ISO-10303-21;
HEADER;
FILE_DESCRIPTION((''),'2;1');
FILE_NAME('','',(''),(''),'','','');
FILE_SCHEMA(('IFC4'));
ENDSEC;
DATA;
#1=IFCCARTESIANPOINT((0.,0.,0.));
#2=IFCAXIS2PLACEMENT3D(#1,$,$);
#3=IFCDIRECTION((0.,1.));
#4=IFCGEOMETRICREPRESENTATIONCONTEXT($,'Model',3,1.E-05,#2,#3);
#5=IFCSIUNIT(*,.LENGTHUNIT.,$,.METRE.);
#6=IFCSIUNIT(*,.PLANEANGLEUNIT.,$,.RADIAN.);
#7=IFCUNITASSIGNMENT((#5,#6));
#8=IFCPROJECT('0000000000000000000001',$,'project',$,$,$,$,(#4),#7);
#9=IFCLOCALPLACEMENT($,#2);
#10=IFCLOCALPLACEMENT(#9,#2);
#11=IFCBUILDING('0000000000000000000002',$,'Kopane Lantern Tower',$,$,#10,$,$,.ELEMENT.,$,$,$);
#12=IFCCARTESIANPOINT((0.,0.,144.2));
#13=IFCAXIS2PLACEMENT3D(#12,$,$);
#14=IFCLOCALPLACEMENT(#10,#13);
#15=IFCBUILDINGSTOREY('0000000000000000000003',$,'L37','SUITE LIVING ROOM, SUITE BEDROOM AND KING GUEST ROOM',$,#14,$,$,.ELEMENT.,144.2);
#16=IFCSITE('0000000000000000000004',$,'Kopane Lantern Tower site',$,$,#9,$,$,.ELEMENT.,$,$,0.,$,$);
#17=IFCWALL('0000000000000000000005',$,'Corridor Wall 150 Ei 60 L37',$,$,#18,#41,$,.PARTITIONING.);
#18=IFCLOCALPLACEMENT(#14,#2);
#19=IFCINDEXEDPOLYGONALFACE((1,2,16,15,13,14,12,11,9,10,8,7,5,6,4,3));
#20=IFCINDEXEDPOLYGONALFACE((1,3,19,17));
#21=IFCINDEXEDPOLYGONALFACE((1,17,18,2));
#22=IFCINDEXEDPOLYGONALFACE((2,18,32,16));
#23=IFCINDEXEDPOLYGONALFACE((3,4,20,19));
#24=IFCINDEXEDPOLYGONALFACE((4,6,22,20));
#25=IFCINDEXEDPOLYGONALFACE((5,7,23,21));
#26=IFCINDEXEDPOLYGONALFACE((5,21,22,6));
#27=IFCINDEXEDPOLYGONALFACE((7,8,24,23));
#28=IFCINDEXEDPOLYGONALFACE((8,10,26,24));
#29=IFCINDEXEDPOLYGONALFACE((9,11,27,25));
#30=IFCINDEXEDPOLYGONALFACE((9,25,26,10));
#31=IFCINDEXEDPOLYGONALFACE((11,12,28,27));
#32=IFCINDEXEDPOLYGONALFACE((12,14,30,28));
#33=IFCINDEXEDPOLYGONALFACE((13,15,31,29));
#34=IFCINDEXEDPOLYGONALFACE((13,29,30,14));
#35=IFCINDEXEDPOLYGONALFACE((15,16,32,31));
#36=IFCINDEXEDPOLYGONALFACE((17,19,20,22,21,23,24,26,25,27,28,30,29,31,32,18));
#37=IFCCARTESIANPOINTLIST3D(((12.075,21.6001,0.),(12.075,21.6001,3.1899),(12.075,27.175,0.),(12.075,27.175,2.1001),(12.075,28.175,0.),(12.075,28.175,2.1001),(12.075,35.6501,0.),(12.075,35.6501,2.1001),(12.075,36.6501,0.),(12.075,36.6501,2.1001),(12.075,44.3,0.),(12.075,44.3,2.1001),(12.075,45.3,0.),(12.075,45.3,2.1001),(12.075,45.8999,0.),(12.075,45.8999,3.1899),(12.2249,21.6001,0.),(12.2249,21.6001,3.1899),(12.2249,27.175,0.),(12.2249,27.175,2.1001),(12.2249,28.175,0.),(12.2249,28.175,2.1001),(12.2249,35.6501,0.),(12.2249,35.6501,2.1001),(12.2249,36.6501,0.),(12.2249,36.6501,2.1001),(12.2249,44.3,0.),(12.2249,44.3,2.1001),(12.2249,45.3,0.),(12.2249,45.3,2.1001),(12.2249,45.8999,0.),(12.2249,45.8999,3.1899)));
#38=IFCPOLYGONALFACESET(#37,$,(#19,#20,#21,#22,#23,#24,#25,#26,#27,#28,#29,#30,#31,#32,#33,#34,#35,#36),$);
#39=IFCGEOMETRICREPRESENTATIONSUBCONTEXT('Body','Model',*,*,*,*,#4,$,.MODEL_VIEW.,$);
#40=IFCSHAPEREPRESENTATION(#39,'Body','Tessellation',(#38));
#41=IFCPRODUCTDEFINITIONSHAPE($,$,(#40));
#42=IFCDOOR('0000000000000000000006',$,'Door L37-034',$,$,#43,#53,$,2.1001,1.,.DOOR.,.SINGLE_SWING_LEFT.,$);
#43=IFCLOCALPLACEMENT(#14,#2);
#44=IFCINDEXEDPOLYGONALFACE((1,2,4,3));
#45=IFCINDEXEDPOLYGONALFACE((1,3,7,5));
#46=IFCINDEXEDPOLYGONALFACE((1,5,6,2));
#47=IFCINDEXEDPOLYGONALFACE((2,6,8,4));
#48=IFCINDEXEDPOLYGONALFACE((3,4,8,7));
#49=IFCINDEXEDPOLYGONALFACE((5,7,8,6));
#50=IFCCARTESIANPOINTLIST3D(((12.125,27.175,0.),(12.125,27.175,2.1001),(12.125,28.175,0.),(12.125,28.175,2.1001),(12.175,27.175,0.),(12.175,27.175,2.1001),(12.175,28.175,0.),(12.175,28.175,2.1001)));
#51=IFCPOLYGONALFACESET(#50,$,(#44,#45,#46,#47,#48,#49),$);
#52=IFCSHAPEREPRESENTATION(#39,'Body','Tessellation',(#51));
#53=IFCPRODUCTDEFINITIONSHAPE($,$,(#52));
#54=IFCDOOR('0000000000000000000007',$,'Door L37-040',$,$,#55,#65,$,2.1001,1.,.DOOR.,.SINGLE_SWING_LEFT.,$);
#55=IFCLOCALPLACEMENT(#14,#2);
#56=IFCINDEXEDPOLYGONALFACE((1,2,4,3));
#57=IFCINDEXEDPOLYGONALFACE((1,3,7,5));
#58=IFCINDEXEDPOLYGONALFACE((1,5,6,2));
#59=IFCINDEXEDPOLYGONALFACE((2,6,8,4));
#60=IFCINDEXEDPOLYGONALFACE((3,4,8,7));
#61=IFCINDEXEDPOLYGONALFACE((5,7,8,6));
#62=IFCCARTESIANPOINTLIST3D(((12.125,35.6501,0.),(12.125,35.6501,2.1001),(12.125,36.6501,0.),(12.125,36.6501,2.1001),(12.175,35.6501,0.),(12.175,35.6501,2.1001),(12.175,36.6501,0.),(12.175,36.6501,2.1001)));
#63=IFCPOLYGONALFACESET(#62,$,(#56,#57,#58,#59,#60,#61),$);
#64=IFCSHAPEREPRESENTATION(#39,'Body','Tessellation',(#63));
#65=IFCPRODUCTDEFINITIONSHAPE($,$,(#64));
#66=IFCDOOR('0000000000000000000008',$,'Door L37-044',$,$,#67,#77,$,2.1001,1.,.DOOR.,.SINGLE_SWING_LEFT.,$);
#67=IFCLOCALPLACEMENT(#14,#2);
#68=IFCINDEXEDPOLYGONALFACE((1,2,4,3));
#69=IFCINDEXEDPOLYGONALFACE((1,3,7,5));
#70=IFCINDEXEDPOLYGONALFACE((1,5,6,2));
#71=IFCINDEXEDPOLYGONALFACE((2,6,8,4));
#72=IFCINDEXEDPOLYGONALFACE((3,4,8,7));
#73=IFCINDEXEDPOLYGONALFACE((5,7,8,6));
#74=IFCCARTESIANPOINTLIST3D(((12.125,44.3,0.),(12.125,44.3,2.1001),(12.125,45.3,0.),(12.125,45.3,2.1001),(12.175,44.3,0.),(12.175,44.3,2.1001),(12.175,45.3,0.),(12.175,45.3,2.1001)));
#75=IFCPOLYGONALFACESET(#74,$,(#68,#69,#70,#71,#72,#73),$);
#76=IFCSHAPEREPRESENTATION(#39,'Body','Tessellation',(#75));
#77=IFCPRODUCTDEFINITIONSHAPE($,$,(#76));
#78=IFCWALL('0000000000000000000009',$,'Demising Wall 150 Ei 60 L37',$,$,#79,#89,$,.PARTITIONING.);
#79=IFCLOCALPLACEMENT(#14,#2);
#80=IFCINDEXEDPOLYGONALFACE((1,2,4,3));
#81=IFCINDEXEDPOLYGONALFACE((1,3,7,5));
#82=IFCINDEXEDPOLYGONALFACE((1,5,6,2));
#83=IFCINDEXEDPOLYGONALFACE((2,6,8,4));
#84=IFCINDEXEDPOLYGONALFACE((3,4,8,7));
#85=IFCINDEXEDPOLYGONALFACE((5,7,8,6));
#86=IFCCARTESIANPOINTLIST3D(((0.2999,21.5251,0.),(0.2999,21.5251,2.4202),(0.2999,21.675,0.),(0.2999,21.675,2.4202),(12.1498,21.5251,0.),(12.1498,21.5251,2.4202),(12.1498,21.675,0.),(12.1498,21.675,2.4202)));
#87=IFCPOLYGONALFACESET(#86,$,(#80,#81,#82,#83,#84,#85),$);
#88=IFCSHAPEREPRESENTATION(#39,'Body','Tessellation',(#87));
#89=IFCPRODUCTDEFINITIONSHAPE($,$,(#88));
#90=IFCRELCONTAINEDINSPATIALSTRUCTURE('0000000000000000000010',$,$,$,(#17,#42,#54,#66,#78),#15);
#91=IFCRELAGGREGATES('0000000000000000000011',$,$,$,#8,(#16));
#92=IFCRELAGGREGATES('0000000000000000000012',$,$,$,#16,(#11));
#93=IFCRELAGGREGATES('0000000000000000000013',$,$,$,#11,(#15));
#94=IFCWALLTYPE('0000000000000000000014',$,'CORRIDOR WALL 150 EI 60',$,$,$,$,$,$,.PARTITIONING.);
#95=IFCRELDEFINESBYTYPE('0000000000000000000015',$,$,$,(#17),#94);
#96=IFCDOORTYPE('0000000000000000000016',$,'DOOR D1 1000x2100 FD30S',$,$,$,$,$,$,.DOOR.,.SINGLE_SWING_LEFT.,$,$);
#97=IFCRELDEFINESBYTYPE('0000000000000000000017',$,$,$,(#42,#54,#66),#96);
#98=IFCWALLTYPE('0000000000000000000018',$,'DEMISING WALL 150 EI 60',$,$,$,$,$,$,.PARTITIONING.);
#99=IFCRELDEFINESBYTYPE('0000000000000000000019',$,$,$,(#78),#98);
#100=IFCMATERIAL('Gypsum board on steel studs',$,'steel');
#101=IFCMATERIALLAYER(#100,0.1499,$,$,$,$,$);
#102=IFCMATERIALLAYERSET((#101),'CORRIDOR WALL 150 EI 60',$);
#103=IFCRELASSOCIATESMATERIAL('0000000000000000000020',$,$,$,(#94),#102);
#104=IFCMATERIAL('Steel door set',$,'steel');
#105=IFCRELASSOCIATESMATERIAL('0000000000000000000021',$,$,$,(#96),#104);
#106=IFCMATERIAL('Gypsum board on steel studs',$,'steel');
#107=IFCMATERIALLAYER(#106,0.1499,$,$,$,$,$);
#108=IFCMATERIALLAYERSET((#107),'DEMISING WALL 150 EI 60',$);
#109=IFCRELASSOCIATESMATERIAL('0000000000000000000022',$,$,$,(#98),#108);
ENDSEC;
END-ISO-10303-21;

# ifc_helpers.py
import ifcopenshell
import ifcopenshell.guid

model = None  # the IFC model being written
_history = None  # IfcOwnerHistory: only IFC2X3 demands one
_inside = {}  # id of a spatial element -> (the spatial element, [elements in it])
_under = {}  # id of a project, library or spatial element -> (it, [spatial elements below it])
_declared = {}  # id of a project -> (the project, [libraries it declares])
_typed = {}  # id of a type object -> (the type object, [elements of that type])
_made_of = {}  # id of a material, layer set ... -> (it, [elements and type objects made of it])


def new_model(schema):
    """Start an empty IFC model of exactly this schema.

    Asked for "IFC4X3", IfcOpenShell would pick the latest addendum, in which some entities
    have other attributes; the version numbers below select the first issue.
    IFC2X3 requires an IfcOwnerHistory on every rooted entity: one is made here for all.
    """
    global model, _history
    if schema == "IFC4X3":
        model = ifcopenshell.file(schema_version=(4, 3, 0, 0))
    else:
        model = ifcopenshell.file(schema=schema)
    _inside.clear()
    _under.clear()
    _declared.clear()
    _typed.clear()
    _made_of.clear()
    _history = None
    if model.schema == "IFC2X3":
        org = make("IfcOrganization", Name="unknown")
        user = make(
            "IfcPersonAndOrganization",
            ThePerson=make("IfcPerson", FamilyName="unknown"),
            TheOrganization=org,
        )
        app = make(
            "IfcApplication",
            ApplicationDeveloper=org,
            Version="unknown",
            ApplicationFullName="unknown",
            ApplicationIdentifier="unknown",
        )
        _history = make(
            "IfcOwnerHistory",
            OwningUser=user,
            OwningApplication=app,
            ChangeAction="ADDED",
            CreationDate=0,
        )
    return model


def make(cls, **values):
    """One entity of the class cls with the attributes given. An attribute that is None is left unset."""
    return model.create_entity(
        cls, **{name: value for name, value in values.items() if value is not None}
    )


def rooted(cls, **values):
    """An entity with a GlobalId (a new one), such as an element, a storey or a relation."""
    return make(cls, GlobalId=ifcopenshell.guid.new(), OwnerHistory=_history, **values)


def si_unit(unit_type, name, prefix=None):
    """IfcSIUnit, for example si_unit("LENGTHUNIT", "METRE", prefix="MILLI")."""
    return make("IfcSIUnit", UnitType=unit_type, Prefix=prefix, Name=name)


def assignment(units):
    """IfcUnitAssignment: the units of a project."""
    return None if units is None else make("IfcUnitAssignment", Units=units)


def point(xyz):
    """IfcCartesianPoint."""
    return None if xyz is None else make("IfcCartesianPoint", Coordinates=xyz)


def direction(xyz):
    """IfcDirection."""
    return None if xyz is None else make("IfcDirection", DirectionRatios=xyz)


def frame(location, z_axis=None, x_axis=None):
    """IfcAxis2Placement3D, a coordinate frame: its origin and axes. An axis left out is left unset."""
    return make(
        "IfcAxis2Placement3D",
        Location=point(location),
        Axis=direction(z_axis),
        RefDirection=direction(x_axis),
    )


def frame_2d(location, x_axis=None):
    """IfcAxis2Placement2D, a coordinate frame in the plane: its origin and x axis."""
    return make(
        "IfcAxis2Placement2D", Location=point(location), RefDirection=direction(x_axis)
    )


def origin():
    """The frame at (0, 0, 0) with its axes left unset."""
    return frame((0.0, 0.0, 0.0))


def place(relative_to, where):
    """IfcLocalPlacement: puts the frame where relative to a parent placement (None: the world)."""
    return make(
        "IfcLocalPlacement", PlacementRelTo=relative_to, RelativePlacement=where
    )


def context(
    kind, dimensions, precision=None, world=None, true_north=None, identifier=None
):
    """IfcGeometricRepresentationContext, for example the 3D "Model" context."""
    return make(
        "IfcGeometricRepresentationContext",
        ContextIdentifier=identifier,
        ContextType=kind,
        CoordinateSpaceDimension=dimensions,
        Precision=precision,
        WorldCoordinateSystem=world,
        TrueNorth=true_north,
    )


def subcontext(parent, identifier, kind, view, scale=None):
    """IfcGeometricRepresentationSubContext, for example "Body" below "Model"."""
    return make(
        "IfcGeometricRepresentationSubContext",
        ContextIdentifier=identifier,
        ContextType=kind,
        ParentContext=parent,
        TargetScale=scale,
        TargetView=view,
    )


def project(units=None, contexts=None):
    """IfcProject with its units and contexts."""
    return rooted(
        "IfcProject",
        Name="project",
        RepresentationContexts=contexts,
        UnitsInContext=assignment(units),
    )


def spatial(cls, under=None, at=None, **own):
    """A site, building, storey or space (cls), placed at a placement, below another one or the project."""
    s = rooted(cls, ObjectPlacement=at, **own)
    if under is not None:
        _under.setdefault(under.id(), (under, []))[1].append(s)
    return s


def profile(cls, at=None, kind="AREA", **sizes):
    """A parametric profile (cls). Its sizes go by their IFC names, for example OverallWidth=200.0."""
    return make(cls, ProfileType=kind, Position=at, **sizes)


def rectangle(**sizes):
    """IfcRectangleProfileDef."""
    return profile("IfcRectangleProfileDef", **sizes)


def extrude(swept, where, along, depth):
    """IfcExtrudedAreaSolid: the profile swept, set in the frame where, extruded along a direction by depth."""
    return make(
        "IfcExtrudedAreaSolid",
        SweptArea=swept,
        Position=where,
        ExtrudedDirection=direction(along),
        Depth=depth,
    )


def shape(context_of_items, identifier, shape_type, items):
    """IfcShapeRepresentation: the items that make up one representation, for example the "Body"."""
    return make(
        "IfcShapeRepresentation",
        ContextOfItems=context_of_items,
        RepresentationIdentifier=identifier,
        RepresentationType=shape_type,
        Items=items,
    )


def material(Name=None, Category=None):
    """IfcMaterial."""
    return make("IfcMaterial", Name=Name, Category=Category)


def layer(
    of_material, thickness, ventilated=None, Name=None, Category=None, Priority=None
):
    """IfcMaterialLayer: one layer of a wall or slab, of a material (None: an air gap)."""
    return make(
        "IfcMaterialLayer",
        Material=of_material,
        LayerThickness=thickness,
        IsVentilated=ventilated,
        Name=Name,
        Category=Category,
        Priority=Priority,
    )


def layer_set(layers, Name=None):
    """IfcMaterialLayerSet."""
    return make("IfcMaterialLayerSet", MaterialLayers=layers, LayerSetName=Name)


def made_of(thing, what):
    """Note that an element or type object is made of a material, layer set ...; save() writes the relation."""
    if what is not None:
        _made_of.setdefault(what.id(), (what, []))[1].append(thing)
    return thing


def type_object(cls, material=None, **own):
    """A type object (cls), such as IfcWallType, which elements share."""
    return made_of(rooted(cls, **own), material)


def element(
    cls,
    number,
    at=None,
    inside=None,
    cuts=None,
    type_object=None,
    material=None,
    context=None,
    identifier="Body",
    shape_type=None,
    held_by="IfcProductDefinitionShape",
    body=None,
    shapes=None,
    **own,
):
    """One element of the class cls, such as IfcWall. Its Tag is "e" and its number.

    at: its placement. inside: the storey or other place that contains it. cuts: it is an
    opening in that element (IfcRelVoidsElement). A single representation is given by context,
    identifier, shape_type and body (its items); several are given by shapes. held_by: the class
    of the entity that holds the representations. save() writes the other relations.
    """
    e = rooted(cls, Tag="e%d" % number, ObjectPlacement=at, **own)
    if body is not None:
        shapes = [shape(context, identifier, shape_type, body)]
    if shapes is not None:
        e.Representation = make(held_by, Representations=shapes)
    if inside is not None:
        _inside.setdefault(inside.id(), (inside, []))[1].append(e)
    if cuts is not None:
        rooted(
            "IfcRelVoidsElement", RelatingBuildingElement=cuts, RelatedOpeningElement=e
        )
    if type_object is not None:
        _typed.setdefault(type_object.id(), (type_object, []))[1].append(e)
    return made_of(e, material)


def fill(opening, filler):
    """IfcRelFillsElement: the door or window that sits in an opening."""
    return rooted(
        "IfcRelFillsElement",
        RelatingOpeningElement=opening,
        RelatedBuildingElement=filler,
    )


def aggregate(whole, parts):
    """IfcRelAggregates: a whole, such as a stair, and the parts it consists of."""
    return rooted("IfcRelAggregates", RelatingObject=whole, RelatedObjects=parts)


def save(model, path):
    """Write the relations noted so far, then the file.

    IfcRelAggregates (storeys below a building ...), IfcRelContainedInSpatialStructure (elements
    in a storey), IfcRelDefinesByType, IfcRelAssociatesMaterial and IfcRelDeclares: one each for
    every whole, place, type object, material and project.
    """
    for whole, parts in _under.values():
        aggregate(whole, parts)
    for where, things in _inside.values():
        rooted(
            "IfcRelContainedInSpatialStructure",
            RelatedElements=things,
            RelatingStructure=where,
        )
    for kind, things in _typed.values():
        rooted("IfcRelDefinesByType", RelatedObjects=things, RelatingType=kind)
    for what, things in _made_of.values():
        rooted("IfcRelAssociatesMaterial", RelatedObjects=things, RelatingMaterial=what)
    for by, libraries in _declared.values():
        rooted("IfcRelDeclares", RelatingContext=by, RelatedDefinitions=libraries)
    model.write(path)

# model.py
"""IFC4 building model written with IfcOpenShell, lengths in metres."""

from ifc_helpers import new_model, si_unit, direction, frame, frame_2d, origin, place, context, subcontext, project, spatial, rectangle, extrude, material, layer, layer_set, type_object, element, fill, save


model = new_model("IFC4")

# Units and contexts
model_context = context("Model", 3, precision=1e-05, world=origin(), true_north=direction((0.0, 1.0)))
body_context = subcontext(model_context, "Body", "Model", "MODEL_VIEW")
ifc_project = project(units=[si_unit("LENGTHUNIT", "METRE"), si_unit("PLANEANGLEUNIT", "RADIAN")], contexts=[model_context])

# Site, building, storey
site_placement = place(None, origin())
site = spatial("IfcSite", under=ifc_project, at=site_placement, Name="Kopane Lantern Tower site", CompositionType="ELEMENT", RefElevation=0.0)
building_placement = place(site_placement, origin())
building = spatial("IfcBuilding", under=site, at=building_placement, Name="Kopane Lantern Tower", CompositionType="ELEMENT")
storey_placement = place(building_placement, frame((0.0, 0.0, 144.2)))
storey = spatial("IfcBuildingStorey", under=building, at=storey_placement, Name="L37", Description="SUITE LIVING ROOM, SUITE BEDROOM AND KING GUEST ROOM", CompositionType="ELEMENT", Elevation=144.2)

# Wall, openings, doors
ifc_material_1 = material(Name="Gypsum board on steel studs", Category="steel")
ifc_layer_1 = layer(ifc_material_1, 0.1499)
ifc_layer_set_1 = layer_set([ifc_layer_1], Name="CORRIDOR WALL 150 EI 60")
wall_type_1 = type_object("IfcWallType", Name="CORRIDOR WALL 150 EI 60", PredefinedType="PARTITIONING", material=ifc_layer_set_1)
ifc_material_2 = material(Name="Steel door set", Category="steel")
door_type_1 = type_object("IfcDoorType", Name="DOOR D1 1000x2100 FD30S", OperationType="SINGLE_SWING_LEFT", PredefinedType="DOOR", material=ifc_material_2)
wall_1_placement = place(storey_placement, frame((12.1499, 21.6001, 0.0), z_axis=(0.0, 0.0, 1.0), x_axis=(0.0, 1.0, 0.0)))
wall_1 = element("IfcWall", 1, at=wall_1_placement, inside=storey, type_object=wall_type_1, Name="Corridor Wall 150 Ei 60 L37", PredefinedType="PARTITIONING", context=body_context, shape_type="SweptSolid", body=[
    extrude(rectangle(XDim=24.2998, YDim=0.1499, at=frame_2d((12.1499, 0.0))), origin(), (0.0, 0.0, 1.0), 3.1899),
])
opening_1_placement = place(wall_1_placement, frame((5.575, 0.0, 0.0)))
opening_1 = element("IfcOpeningElement", 2, at=opening_1_placement, cuts=wall_1, PredefinedType="OPENING", context=body_context, shape_type="SweptSolid", body=[
    extrude(rectangle(XDim=1.0, YDim=2.1001, at=frame_2d((0.5, 1.05))), frame((0.0, 0.085, 0.0), z_axis=(0.0, -1.0, 0.0), x_axis=(1.0, 0.0, 0.0)), (0.0, 0.0, 1.0), 0.1699),
])
opening_2_placement = place(wall_1_placement, frame((14.05, 0.0, 0.0)))
opening_2 = element("IfcOpeningElement", 3, at=opening_2_placement, cuts=wall_1, PredefinedType="OPENING", context=body_context, shape_type="SweptSolid", body=[
    extrude(rectangle(XDim=1.0, YDim=2.1001, at=frame_2d((0.5, 1.05))), frame((0.0, 0.085, 0.0), z_axis=(0.0, -1.0, 0.0), x_axis=(1.0, 0.0, 0.0)), (0.0, 0.0, 1.0), 0.1699),
])
opening_3_placement = place(wall_1_placement, frame((22.7, 0.0, 0.0)))
opening_3 = element("IfcOpeningElement", 4, at=opening_3_placement, cuts=wall_1, PredefinedType="OPENING", context=body_context, shape_type="SweptSolid", body=[
    extrude(rectangle(XDim=1.0, YDim=2.1001, at=frame_2d((0.5, 1.05))), frame((0.0, 0.085, 0.0), z_axis=(0.0, -1.0, 0.0), x_axis=(1.0, 0.0, 0.0)), (0.0, 0.0, 1.0), 0.1699),
])
door_1_placement = place(opening_1_placement, origin())
door_1 = element("IfcDoor", 5, at=door_1_placement, inside=storey, type_object=door_type_1, Name="Door L37-034", OperationType="SINGLE_SWING_LEFT", OverallHeight=2.1001, OverallWidth=1.0, PredefinedType="DOOR", context=body_context, shape_type="SweptSolid", body=[
    extrude(rectangle(XDim=1.0, YDim=2.1001, at=frame_2d((0.5, 1.05))), frame((0.0, 0.0249, 0.0), z_axis=(0.0, -1.0, 0.0), x_axis=(1.0, 0.0, 0.0)), (0.0, 0.0, 1.0), 0.05),
])
fill(opening_1, door_1)
door_2_placement = place(opening_2_placement, origin())
door_2 = element("IfcDoor", 6, at=door_2_placement, inside=storey, type_object=door_type_1, Name="Door L37-040", OperationType="SINGLE_SWING_LEFT", OverallHeight=2.1001, OverallWidth=1.0, PredefinedType="DOOR", context=body_context, shape_type="SweptSolid", body=[
    extrude(rectangle(XDim=1.0, YDim=2.1001, at=frame_2d((0.5, 1.05))), frame((0.0, 0.0249, 0.0), z_axis=(0.0, -1.0, 0.0), x_axis=(1.0, 0.0, 0.0)), (0.0, 0.0, 1.0), 0.05),
])
fill(opening_2, door_2)
door_3_placement = place(opening_3_placement, origin())
door_3 = element("IfcDoor", 7, at=door_3_placement, inside=storey, type_object=door_type_1, Name="Door L37-044", OperationType="SINGLE_SWING_LEFT", OverallHeight=2.1001, OverallWidth=1.0, PredefinedType="DOOR", context=body_context, shape_type="SweptSolid", body=[
    extrude(rectangle(XDim=1.0, YDim=2.1001, at=frame_2d((0.5, 1.05))), frame((0.0, 0.0249, 0.0), z_axis=(0.0, -1.0, 0.0), x_axis=(1.0, 0.0, 0.0)), (0.0, 0.0, 1.0), 0.05),
])
fill(opening_3, door_3)

# Wall
ifc_material_3 = material(Name="Gypsum board on steel studs", Category="steel")
ifc_layer_2 = layer(ifc_material_3, 0.1499)
ifc_layer_set_2 = layer_set([ifc_layer_2], Name="DEMISING WALL 150 EI 60")
wall_type_2 = type_object("IfcWallType", Name="DEMISING WALL 150 EI 60", PredefinedType="PARTITIONING", material=ifc_layer_set_2)
wall_2_placement = place(storey_placement, frame((0.3, 21.6001, 0.0), z_axis=(0.0, 0.0, 1.0), x_axis=(1.0, 0.0, 0.0)))
element("IfcWall", 8, at=wall_2_placement, inside=storey, type_object=wall_type_2, Name="Demising Wall 150 Ei 60 L37", PredefinedType="PARTITIONING", context=body_context, shape_type="SweptSolid", body=[
    extrude(rectangle(XDim=11.8499, YDim=0.1499, at=frame_2d((5.9248, 0.0))), origin(), (0.0, 0.0, 1.0), 2.4202),
])

save(model, "model.ifc")
